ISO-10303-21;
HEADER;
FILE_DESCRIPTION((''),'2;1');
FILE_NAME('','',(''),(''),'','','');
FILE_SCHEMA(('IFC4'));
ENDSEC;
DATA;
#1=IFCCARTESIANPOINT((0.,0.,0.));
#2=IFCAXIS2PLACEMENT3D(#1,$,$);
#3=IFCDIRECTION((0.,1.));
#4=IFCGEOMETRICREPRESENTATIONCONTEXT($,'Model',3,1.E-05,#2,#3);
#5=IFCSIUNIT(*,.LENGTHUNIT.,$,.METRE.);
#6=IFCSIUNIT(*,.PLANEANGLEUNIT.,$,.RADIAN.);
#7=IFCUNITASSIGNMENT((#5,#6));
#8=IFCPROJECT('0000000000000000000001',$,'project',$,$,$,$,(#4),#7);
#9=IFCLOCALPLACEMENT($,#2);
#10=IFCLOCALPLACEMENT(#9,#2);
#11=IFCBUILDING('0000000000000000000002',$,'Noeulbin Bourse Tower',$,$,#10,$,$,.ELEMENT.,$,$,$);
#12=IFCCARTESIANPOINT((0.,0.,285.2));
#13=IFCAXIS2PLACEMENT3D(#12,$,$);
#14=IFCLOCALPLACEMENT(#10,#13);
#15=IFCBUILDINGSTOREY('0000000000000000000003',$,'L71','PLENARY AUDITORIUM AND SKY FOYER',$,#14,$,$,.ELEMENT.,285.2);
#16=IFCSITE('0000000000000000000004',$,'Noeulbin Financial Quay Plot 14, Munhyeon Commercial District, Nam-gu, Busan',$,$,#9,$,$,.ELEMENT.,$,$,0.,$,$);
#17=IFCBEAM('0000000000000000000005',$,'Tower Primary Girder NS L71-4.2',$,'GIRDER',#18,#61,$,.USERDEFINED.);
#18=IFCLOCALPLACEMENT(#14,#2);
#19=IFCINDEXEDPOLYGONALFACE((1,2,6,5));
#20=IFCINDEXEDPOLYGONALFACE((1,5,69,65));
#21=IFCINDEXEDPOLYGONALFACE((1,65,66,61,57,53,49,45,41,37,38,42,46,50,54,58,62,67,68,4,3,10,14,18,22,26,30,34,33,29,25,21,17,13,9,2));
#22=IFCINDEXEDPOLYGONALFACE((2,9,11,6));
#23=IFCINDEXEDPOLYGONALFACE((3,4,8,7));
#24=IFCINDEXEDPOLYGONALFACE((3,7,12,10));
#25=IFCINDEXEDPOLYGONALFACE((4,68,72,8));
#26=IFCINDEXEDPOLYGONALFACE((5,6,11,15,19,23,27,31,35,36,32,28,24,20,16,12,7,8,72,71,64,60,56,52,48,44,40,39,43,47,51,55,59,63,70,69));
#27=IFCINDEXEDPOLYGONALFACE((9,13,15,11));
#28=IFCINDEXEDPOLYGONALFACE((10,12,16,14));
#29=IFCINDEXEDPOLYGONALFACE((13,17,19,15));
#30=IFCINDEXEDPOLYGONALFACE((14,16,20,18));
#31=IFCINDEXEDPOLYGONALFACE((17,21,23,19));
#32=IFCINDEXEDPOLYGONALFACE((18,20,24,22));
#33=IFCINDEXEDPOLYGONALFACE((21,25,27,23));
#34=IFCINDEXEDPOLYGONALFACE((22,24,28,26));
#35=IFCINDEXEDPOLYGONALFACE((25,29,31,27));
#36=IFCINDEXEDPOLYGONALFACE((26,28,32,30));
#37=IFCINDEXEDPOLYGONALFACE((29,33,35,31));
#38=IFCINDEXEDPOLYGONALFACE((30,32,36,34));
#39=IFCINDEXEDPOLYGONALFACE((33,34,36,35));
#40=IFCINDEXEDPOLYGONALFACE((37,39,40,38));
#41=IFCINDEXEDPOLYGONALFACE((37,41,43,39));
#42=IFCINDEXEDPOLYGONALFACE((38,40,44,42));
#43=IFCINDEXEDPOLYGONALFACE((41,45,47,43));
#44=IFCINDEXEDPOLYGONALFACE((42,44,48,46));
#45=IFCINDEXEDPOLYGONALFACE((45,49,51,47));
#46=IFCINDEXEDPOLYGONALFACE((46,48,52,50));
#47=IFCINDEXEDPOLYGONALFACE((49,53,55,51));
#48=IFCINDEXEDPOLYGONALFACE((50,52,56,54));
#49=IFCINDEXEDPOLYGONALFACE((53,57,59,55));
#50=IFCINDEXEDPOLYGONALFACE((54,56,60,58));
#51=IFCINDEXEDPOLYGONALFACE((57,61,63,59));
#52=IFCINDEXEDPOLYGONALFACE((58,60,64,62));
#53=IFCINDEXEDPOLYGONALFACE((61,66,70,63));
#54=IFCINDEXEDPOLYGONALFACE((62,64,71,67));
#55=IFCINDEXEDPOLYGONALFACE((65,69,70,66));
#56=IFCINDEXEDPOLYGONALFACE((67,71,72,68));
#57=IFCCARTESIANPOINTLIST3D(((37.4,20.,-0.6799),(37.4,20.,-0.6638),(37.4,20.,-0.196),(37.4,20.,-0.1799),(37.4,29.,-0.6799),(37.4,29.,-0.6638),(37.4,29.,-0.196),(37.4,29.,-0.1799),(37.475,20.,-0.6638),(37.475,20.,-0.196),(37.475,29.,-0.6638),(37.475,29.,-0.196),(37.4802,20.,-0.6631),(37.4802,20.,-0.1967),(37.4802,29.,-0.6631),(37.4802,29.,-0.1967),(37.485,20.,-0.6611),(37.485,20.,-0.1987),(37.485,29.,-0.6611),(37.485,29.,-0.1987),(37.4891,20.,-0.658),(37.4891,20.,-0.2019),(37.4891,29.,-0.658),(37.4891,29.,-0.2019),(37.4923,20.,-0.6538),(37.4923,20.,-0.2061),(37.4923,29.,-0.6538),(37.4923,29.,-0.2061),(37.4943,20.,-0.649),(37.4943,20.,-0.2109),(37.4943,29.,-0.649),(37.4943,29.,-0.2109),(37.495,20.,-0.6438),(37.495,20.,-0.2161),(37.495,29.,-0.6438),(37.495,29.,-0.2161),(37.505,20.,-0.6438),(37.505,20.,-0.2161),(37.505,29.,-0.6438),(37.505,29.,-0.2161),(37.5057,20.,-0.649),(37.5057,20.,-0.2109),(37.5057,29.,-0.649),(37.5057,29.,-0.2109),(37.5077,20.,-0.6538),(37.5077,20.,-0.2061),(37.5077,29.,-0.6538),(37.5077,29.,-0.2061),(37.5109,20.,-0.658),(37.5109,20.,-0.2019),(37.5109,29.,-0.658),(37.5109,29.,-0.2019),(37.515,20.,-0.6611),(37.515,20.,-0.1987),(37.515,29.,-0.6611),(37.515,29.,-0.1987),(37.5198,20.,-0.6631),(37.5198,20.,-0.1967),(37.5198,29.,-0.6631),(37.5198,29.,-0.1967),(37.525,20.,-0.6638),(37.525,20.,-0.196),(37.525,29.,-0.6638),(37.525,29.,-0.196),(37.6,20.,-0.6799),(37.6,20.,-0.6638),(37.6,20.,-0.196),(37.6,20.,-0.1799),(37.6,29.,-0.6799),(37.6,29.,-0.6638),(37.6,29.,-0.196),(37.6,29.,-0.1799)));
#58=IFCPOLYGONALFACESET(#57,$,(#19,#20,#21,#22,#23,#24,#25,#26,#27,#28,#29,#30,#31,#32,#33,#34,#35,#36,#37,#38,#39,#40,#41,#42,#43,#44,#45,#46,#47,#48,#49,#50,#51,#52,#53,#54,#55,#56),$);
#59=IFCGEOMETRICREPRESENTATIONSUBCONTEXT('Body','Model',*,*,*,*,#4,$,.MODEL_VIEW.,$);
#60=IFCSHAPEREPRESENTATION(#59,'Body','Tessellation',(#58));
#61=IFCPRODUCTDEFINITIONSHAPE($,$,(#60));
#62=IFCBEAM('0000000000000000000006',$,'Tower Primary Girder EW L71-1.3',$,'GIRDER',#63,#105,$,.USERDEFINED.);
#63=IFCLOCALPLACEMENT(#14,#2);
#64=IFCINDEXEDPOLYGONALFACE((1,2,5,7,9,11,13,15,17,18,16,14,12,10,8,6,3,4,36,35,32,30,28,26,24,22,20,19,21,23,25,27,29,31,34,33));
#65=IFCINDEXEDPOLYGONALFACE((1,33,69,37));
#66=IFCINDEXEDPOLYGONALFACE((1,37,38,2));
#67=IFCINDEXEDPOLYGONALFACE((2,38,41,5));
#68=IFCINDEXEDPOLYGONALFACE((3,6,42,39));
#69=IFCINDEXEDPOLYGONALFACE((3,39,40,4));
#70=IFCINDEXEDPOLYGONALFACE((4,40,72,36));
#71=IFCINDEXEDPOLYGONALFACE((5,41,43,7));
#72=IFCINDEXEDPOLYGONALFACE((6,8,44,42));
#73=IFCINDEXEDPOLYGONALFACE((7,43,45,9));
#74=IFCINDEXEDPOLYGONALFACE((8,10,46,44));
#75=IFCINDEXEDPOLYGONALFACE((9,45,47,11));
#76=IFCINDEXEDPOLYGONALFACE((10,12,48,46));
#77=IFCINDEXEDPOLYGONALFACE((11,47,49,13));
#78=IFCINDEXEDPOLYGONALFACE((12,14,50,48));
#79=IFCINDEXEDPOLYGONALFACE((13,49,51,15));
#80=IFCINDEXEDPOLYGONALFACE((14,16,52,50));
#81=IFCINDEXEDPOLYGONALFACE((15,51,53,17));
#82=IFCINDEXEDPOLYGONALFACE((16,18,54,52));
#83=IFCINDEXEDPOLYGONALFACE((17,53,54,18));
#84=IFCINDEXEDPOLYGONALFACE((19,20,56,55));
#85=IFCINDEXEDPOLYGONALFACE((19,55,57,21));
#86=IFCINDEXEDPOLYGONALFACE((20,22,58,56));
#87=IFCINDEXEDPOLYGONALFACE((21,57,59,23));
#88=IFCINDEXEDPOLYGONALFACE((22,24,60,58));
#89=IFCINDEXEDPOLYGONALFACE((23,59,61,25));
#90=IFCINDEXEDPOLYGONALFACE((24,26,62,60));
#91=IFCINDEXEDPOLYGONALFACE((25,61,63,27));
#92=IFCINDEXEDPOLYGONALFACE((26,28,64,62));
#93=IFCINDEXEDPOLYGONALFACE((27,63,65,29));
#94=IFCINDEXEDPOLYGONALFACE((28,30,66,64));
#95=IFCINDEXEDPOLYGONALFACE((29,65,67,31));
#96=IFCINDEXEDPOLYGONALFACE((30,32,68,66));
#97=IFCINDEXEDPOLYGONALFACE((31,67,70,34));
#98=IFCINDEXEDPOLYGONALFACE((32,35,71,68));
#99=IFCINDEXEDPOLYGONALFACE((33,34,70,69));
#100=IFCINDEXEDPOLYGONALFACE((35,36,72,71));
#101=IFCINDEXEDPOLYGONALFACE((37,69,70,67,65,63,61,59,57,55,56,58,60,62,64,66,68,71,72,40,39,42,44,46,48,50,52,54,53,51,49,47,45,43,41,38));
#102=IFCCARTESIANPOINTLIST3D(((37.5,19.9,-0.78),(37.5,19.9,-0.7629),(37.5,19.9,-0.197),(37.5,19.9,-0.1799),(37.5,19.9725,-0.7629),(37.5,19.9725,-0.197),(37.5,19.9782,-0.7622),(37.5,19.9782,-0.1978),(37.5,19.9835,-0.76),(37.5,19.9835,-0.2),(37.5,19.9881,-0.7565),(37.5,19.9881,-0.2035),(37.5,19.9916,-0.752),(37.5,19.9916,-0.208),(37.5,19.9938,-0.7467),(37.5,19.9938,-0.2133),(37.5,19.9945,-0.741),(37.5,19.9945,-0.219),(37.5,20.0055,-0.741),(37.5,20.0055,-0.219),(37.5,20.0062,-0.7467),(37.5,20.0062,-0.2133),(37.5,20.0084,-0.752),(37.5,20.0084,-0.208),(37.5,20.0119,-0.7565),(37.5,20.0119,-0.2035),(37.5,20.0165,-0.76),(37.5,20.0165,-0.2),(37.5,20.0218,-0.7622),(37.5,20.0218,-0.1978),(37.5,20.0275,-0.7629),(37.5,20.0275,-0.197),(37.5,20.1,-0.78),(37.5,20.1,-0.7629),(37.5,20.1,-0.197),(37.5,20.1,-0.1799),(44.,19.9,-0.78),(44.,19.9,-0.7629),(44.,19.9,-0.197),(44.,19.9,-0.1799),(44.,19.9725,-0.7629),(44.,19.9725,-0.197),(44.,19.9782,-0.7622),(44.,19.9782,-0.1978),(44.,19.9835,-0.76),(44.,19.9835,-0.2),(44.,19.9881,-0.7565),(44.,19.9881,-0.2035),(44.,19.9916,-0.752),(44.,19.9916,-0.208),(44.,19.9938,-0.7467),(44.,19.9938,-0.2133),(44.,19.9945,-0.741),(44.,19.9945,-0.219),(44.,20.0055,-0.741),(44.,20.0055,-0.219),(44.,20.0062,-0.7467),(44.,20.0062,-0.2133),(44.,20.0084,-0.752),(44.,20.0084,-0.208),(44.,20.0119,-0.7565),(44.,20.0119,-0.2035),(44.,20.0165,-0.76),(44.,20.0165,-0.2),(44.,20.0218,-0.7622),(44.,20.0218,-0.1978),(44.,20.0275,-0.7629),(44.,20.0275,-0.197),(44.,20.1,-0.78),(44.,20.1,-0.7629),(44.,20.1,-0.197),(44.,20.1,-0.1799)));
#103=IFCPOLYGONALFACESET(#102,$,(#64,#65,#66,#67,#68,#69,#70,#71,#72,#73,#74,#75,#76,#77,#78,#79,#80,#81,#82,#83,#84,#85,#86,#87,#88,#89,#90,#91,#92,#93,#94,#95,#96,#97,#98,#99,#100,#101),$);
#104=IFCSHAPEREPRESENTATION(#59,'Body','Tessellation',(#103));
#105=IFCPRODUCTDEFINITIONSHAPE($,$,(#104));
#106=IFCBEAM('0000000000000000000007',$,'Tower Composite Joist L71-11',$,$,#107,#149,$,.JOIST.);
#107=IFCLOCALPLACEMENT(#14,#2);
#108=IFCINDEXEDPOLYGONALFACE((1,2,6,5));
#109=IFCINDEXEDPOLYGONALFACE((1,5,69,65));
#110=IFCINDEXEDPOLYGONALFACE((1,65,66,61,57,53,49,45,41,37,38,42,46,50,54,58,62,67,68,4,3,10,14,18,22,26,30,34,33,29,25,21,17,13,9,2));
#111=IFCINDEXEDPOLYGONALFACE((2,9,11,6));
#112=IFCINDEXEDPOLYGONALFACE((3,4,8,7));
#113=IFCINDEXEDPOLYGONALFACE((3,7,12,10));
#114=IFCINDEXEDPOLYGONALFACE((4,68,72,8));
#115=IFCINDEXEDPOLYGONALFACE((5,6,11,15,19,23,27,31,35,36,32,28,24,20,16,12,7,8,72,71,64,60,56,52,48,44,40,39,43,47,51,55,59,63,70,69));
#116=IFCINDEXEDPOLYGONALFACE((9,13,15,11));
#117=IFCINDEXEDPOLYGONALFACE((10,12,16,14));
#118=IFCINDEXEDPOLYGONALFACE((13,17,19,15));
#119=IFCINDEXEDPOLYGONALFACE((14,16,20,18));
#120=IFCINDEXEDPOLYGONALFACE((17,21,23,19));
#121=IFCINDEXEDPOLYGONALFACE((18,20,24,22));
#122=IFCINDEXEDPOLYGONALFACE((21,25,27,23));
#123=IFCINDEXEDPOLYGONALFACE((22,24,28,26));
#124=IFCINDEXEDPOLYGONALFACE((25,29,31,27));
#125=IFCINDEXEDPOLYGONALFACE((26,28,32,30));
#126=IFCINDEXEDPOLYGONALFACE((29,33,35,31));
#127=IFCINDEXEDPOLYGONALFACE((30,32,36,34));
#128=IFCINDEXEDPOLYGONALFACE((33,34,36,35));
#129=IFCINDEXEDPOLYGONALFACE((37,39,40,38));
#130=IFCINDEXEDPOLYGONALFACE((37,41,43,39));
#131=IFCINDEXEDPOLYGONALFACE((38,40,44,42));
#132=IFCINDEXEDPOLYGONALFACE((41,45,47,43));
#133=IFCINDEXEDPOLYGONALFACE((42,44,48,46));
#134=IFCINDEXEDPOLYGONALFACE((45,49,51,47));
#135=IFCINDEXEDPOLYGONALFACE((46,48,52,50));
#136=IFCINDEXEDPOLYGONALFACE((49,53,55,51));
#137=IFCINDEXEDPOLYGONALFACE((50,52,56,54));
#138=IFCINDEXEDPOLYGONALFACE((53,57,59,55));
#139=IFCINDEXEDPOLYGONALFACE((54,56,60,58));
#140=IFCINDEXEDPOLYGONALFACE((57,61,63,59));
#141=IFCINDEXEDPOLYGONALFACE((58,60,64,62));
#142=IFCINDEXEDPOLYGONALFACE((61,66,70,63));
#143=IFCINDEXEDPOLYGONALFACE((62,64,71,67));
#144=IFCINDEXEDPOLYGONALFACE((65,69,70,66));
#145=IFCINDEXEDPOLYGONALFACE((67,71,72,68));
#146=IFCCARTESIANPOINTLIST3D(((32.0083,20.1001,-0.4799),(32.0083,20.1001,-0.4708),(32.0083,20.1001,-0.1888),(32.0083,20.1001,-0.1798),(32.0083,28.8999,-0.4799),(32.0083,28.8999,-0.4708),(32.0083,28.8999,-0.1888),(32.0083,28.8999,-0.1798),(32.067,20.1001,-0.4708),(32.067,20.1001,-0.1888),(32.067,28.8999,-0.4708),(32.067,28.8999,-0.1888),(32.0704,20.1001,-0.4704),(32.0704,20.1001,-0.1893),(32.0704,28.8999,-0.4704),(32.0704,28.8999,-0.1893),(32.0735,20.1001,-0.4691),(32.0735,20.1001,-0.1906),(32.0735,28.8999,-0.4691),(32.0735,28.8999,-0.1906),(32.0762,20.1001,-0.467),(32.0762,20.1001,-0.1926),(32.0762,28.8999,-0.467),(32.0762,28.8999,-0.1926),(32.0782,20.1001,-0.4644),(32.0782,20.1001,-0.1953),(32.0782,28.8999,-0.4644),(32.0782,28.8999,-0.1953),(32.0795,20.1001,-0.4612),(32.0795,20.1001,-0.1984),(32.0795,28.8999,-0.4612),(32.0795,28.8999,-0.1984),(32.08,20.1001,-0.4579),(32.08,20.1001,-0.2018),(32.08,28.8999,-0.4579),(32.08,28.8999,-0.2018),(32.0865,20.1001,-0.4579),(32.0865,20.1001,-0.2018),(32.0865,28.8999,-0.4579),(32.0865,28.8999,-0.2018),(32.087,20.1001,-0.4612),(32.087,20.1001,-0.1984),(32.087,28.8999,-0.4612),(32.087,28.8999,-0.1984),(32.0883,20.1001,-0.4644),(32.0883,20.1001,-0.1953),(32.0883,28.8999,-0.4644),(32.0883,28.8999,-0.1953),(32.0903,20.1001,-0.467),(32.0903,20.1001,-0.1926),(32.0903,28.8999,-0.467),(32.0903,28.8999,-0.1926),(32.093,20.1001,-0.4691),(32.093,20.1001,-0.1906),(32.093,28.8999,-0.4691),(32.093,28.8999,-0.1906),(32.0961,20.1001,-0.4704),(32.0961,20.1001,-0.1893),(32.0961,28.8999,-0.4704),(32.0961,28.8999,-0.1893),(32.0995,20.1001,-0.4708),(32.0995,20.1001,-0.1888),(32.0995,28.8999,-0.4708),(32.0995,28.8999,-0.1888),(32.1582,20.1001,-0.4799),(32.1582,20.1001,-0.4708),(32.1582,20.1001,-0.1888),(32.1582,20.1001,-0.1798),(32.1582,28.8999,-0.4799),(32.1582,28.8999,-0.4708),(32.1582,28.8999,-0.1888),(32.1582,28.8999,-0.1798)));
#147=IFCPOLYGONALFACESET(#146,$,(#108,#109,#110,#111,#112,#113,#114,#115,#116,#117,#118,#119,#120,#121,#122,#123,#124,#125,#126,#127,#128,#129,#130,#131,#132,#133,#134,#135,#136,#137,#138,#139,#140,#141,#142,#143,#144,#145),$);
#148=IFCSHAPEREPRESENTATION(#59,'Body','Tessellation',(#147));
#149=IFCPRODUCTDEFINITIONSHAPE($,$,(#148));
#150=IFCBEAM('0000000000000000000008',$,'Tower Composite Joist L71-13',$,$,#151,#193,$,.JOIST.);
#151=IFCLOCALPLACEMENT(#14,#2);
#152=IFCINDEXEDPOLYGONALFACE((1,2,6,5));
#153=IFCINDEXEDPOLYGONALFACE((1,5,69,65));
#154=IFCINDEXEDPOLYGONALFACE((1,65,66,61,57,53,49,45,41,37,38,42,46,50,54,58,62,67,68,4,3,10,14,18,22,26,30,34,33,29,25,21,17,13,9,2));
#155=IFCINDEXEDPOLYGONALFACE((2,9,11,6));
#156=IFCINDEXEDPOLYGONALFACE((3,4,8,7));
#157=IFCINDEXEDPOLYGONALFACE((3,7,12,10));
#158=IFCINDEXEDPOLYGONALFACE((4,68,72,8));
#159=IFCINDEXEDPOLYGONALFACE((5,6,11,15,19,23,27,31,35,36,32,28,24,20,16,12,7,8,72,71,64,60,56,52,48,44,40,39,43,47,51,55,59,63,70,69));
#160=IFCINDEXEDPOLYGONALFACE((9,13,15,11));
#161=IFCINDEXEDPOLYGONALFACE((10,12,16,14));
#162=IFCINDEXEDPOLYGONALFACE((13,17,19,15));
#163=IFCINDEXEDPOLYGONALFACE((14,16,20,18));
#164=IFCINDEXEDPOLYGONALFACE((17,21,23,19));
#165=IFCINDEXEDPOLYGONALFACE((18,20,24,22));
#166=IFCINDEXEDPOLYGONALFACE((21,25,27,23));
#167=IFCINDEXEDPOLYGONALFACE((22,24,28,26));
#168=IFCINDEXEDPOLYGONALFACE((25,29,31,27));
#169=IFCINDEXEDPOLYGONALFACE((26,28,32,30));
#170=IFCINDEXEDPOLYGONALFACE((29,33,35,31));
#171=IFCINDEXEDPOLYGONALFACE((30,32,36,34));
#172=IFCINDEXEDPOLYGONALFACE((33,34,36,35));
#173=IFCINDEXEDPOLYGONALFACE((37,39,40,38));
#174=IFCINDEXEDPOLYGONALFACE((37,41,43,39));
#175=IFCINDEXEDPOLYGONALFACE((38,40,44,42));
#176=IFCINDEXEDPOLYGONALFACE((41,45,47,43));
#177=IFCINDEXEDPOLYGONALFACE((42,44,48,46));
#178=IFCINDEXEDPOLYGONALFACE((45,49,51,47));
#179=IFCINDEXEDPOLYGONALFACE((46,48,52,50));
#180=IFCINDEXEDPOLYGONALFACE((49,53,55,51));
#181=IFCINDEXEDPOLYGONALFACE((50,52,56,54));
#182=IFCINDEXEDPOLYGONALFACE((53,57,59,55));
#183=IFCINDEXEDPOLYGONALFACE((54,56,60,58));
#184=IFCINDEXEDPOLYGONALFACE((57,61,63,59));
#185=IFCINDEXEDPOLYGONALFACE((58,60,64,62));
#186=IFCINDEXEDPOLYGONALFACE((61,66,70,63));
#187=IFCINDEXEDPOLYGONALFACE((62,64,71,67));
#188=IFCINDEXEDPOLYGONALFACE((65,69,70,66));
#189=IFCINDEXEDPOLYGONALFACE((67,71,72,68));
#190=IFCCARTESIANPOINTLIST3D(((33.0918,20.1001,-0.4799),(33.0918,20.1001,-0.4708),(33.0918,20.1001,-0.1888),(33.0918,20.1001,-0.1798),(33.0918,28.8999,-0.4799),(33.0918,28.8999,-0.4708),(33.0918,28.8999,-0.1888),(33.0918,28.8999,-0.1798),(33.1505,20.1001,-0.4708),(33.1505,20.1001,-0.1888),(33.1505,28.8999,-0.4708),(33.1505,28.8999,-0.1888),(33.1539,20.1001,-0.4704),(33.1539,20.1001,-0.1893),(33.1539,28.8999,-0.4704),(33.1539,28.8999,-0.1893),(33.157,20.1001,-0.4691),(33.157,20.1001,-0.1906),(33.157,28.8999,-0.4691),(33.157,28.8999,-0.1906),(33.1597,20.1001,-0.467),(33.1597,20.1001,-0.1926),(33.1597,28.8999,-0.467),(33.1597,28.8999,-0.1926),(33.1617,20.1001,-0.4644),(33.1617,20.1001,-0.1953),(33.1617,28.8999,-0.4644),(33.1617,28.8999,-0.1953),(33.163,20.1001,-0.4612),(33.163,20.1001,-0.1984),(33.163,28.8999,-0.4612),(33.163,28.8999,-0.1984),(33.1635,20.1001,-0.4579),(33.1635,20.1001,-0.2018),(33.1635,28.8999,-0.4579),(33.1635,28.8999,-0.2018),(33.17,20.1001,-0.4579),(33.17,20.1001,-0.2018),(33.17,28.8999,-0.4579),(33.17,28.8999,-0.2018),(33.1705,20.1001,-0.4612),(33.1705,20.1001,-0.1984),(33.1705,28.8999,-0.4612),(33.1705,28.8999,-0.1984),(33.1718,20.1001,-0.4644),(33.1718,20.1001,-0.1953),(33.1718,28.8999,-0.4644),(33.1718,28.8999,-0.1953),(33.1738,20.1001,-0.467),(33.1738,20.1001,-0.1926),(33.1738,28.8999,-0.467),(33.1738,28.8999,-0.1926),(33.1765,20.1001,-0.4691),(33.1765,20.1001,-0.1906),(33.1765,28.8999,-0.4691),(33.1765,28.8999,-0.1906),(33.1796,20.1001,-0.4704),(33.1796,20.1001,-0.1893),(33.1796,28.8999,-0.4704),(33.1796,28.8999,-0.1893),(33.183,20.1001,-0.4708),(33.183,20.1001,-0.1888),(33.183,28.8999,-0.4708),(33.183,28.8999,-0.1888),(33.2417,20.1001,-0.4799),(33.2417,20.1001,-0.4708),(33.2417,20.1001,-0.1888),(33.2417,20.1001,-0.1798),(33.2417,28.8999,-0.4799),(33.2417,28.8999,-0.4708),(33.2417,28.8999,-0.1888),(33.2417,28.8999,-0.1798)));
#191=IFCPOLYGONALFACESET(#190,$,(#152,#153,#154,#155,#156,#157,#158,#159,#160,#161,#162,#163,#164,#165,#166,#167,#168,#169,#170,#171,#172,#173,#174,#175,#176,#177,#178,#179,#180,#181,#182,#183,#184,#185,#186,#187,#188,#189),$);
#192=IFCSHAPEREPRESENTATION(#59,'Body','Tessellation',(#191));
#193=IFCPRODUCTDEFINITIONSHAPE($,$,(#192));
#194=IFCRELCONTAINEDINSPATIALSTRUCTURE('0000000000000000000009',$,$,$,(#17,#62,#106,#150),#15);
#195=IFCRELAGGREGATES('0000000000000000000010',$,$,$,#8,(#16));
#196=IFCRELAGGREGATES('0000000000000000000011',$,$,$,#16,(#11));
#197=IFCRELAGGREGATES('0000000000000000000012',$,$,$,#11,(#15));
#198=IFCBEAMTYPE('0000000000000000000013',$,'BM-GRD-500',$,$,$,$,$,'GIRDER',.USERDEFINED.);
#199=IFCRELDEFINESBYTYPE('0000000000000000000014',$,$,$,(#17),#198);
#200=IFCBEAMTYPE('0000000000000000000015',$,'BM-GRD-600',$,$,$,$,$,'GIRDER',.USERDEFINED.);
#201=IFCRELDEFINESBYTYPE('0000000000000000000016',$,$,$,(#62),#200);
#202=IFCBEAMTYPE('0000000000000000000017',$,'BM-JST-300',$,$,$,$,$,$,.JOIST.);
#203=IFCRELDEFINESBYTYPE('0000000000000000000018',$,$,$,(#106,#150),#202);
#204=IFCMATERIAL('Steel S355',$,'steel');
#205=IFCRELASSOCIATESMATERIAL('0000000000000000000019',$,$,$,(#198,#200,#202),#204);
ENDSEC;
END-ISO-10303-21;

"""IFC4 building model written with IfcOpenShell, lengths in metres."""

from ifc_helpers import new_model, si_unit, direction, frame, origin, origin_2d, place, context, subcontext, project, spatial, i_section, extrude, material, material_profile, profile_set, type_object, element, save


model = new_model("IFC4")

# Units and contexts
model_context = context("Model", 3, precision=1e-05, world=origin(), true_north=direction((0.0, 1.0)))
body_context = subcontext(model_context, "Body", "Model", "MODEL_VIEW")
ifc_project = project(units=[si_unit("LENGTHUNIT", "METRE"), si_unit("PLANEANGLEUNIT", "RADIAN")], contexts=[model_context])

# Site, building, storey
site_placement = place(None, origin())
site = spatial("IfcSite", under=ifc_project, at=site_placement, Name="Noeulbin Financial Quay Plot 14, Munhyeon Commercial District, Nam-gu, Busan", CompositionType="ELEMENT", RefElevation=0.0)
building_placement = place(site_placement, origin())
building = spatial("IfcBuilding", under=site, at=building_placement, Name="Noeulbin Bourse Tower", CompositionType="ELEMENT")
storey_placement = place(building_placement, frame((0.0, 0.0, 285.2)))
storey = spatial("IfcBuildingStorey", under=building, at=storey_placement, Name="L71", Description="PLENARY AUDITORIUM AND SKY FOYER", CompositionType="ELEMENT", Elevation=285.2)

# Shared definitions
ifc_material_1 = material(Name="Steel S355", Category="steel")

# Beams
ifc_material_profile_1 = material_profile(ifc_material_1, i_section(OverallWidth=0.2, OverallDepth=0.5, WebThickness=0.01, FlangeThickness=0.0161, FilletRadius=0.02, at=origin_2d()), Name="H-500x200x10x16", Category="LoadBearing")
ifc_profile_set_1 = profile_set([ifc_material_profile_1], Name="Steel S355")
beam_type_1 = type_object("IfcBeamType", Name="BM-GRD-500", ElementType="GIRDER", PredefinedType="USERDEFINED", material=ifc_profile_set_1)
beam_1_placement = place(storey_placement, frame((37.5, 20.0, -0.4299), z_axis=(0.0, 1.0, 0.0), x_axis=(-1.0, 0.0, 0.0)))
element("IfcBeam", 1, at=beam_1_placement, inside=storey, type_object=beam_type_1, Name="Tower Primary Girder NS L71-4.2", ObjectType="GIRDER", PredefinedType="USERDEFINED", context=body_context, shape_type="SweptSolid", body=[
    extrude(i_section(OverallWidth=0.2, OverallDepth=0.5, WebThickness=0.01, FlangeThickness=0.0161, FilletRadius=0.02, at=origin_2d()), origin(), (0.0, 0.0, 1.0), 9.0),
])
ifc_material_profile_2 = material_profile(ifc_material_1, i_section(OverallWidth=0.2, OverallDepth=0.6001, WebThickness=0.011, FlangeThickness=0.0171, FilletRadius=0.022, at=origin_2d()), Name="H-600x200x11x17", Category="LoadBearing")
ifc_profile_set_2 = profile_set([ifc_material_profile_2], Name="Steel S355")
beam_type_2 = type_object("IfcBeamType", Name="BM-GRD-600", ElementType="GIRDER", PredefinedType="USERDEFINED", material=ifc_profile_set_2)
beam_2_placement = place(storey_placement, frame((37.5, 20.0, -0.48), z_axis=(1.0, 0.0, 0.0), x_axis=(0.0, 1.0, 0.0)))
element("IfcBeam", 2, at=beam_2_placement, inside=storey, type_object=beam_type_2, Name="Tower Primary Girder EW L71-1.3", ObjectType="GIRDER", PredefinedType="USERDEFINED", context=body_context, shape_type="SweptSolid", body=[
    extrude(i_section(OverallWidth=0.2, OverallDepth=0.6001, WebThickness=0.011, FlangeThickness=0.0171, FilletRadius=0.022, at=origin_2d()), origin(), (0.0, 0.0, 1.0), 6.5),
])
ifc_material_profile_3 = material_profile(ifc_material_1, i_section(OverallWidth=0.1499, OverallDepth=0.3, WebThickness=0.0066, FlangeThickness=0.009, FilletRadius=0.0129, at=origin_2d()), Name="H-300x150x6.5x9", Category="LoadBearing")
ifc_profile_set_3 = profile_set([ifc_material_profile_3], Name="Steel S355")
beam_type_3 = type_object("IfcBeamType", Name="BM-JST-300", PredefinedType="JOIST", material=ifc_profile_set_3)
for number, where, z_axis, x_axis, name in (
    (3, (32.0833, 20.1001, -0.3298), (0.0, 1.0, 0.0), (-1.0, 0.0, 0.0), "Tower Composite Joist L71-11"),
    (4, (33.1667, 20.1001, -0.3298), (0.0, 1.0, 0.0), (-1.0, 0.0, 0.0), "Tower Composite Joist L71-13"),
):
    element("IfcBeam", number, at=place(storey_placement, frame(where, z_axis=z_axis, x_axis=x_axis)), inside=storey, type_object=beam_type_3, Name=name, PredefinedType="JOIST", context=body_context, shape_type="SweptSolid", body=[
        extrude(i_section(OverallWidth=0.1499, OverallDepth=0.3, WebThickness=0.0066, FlangeThickness=0.009, FilletRadius=0.0129, at=origin_2d()), origin(), (0.0, 0.0, 1.0), 8.7998),
    ])

save(model, "model.ifc")
